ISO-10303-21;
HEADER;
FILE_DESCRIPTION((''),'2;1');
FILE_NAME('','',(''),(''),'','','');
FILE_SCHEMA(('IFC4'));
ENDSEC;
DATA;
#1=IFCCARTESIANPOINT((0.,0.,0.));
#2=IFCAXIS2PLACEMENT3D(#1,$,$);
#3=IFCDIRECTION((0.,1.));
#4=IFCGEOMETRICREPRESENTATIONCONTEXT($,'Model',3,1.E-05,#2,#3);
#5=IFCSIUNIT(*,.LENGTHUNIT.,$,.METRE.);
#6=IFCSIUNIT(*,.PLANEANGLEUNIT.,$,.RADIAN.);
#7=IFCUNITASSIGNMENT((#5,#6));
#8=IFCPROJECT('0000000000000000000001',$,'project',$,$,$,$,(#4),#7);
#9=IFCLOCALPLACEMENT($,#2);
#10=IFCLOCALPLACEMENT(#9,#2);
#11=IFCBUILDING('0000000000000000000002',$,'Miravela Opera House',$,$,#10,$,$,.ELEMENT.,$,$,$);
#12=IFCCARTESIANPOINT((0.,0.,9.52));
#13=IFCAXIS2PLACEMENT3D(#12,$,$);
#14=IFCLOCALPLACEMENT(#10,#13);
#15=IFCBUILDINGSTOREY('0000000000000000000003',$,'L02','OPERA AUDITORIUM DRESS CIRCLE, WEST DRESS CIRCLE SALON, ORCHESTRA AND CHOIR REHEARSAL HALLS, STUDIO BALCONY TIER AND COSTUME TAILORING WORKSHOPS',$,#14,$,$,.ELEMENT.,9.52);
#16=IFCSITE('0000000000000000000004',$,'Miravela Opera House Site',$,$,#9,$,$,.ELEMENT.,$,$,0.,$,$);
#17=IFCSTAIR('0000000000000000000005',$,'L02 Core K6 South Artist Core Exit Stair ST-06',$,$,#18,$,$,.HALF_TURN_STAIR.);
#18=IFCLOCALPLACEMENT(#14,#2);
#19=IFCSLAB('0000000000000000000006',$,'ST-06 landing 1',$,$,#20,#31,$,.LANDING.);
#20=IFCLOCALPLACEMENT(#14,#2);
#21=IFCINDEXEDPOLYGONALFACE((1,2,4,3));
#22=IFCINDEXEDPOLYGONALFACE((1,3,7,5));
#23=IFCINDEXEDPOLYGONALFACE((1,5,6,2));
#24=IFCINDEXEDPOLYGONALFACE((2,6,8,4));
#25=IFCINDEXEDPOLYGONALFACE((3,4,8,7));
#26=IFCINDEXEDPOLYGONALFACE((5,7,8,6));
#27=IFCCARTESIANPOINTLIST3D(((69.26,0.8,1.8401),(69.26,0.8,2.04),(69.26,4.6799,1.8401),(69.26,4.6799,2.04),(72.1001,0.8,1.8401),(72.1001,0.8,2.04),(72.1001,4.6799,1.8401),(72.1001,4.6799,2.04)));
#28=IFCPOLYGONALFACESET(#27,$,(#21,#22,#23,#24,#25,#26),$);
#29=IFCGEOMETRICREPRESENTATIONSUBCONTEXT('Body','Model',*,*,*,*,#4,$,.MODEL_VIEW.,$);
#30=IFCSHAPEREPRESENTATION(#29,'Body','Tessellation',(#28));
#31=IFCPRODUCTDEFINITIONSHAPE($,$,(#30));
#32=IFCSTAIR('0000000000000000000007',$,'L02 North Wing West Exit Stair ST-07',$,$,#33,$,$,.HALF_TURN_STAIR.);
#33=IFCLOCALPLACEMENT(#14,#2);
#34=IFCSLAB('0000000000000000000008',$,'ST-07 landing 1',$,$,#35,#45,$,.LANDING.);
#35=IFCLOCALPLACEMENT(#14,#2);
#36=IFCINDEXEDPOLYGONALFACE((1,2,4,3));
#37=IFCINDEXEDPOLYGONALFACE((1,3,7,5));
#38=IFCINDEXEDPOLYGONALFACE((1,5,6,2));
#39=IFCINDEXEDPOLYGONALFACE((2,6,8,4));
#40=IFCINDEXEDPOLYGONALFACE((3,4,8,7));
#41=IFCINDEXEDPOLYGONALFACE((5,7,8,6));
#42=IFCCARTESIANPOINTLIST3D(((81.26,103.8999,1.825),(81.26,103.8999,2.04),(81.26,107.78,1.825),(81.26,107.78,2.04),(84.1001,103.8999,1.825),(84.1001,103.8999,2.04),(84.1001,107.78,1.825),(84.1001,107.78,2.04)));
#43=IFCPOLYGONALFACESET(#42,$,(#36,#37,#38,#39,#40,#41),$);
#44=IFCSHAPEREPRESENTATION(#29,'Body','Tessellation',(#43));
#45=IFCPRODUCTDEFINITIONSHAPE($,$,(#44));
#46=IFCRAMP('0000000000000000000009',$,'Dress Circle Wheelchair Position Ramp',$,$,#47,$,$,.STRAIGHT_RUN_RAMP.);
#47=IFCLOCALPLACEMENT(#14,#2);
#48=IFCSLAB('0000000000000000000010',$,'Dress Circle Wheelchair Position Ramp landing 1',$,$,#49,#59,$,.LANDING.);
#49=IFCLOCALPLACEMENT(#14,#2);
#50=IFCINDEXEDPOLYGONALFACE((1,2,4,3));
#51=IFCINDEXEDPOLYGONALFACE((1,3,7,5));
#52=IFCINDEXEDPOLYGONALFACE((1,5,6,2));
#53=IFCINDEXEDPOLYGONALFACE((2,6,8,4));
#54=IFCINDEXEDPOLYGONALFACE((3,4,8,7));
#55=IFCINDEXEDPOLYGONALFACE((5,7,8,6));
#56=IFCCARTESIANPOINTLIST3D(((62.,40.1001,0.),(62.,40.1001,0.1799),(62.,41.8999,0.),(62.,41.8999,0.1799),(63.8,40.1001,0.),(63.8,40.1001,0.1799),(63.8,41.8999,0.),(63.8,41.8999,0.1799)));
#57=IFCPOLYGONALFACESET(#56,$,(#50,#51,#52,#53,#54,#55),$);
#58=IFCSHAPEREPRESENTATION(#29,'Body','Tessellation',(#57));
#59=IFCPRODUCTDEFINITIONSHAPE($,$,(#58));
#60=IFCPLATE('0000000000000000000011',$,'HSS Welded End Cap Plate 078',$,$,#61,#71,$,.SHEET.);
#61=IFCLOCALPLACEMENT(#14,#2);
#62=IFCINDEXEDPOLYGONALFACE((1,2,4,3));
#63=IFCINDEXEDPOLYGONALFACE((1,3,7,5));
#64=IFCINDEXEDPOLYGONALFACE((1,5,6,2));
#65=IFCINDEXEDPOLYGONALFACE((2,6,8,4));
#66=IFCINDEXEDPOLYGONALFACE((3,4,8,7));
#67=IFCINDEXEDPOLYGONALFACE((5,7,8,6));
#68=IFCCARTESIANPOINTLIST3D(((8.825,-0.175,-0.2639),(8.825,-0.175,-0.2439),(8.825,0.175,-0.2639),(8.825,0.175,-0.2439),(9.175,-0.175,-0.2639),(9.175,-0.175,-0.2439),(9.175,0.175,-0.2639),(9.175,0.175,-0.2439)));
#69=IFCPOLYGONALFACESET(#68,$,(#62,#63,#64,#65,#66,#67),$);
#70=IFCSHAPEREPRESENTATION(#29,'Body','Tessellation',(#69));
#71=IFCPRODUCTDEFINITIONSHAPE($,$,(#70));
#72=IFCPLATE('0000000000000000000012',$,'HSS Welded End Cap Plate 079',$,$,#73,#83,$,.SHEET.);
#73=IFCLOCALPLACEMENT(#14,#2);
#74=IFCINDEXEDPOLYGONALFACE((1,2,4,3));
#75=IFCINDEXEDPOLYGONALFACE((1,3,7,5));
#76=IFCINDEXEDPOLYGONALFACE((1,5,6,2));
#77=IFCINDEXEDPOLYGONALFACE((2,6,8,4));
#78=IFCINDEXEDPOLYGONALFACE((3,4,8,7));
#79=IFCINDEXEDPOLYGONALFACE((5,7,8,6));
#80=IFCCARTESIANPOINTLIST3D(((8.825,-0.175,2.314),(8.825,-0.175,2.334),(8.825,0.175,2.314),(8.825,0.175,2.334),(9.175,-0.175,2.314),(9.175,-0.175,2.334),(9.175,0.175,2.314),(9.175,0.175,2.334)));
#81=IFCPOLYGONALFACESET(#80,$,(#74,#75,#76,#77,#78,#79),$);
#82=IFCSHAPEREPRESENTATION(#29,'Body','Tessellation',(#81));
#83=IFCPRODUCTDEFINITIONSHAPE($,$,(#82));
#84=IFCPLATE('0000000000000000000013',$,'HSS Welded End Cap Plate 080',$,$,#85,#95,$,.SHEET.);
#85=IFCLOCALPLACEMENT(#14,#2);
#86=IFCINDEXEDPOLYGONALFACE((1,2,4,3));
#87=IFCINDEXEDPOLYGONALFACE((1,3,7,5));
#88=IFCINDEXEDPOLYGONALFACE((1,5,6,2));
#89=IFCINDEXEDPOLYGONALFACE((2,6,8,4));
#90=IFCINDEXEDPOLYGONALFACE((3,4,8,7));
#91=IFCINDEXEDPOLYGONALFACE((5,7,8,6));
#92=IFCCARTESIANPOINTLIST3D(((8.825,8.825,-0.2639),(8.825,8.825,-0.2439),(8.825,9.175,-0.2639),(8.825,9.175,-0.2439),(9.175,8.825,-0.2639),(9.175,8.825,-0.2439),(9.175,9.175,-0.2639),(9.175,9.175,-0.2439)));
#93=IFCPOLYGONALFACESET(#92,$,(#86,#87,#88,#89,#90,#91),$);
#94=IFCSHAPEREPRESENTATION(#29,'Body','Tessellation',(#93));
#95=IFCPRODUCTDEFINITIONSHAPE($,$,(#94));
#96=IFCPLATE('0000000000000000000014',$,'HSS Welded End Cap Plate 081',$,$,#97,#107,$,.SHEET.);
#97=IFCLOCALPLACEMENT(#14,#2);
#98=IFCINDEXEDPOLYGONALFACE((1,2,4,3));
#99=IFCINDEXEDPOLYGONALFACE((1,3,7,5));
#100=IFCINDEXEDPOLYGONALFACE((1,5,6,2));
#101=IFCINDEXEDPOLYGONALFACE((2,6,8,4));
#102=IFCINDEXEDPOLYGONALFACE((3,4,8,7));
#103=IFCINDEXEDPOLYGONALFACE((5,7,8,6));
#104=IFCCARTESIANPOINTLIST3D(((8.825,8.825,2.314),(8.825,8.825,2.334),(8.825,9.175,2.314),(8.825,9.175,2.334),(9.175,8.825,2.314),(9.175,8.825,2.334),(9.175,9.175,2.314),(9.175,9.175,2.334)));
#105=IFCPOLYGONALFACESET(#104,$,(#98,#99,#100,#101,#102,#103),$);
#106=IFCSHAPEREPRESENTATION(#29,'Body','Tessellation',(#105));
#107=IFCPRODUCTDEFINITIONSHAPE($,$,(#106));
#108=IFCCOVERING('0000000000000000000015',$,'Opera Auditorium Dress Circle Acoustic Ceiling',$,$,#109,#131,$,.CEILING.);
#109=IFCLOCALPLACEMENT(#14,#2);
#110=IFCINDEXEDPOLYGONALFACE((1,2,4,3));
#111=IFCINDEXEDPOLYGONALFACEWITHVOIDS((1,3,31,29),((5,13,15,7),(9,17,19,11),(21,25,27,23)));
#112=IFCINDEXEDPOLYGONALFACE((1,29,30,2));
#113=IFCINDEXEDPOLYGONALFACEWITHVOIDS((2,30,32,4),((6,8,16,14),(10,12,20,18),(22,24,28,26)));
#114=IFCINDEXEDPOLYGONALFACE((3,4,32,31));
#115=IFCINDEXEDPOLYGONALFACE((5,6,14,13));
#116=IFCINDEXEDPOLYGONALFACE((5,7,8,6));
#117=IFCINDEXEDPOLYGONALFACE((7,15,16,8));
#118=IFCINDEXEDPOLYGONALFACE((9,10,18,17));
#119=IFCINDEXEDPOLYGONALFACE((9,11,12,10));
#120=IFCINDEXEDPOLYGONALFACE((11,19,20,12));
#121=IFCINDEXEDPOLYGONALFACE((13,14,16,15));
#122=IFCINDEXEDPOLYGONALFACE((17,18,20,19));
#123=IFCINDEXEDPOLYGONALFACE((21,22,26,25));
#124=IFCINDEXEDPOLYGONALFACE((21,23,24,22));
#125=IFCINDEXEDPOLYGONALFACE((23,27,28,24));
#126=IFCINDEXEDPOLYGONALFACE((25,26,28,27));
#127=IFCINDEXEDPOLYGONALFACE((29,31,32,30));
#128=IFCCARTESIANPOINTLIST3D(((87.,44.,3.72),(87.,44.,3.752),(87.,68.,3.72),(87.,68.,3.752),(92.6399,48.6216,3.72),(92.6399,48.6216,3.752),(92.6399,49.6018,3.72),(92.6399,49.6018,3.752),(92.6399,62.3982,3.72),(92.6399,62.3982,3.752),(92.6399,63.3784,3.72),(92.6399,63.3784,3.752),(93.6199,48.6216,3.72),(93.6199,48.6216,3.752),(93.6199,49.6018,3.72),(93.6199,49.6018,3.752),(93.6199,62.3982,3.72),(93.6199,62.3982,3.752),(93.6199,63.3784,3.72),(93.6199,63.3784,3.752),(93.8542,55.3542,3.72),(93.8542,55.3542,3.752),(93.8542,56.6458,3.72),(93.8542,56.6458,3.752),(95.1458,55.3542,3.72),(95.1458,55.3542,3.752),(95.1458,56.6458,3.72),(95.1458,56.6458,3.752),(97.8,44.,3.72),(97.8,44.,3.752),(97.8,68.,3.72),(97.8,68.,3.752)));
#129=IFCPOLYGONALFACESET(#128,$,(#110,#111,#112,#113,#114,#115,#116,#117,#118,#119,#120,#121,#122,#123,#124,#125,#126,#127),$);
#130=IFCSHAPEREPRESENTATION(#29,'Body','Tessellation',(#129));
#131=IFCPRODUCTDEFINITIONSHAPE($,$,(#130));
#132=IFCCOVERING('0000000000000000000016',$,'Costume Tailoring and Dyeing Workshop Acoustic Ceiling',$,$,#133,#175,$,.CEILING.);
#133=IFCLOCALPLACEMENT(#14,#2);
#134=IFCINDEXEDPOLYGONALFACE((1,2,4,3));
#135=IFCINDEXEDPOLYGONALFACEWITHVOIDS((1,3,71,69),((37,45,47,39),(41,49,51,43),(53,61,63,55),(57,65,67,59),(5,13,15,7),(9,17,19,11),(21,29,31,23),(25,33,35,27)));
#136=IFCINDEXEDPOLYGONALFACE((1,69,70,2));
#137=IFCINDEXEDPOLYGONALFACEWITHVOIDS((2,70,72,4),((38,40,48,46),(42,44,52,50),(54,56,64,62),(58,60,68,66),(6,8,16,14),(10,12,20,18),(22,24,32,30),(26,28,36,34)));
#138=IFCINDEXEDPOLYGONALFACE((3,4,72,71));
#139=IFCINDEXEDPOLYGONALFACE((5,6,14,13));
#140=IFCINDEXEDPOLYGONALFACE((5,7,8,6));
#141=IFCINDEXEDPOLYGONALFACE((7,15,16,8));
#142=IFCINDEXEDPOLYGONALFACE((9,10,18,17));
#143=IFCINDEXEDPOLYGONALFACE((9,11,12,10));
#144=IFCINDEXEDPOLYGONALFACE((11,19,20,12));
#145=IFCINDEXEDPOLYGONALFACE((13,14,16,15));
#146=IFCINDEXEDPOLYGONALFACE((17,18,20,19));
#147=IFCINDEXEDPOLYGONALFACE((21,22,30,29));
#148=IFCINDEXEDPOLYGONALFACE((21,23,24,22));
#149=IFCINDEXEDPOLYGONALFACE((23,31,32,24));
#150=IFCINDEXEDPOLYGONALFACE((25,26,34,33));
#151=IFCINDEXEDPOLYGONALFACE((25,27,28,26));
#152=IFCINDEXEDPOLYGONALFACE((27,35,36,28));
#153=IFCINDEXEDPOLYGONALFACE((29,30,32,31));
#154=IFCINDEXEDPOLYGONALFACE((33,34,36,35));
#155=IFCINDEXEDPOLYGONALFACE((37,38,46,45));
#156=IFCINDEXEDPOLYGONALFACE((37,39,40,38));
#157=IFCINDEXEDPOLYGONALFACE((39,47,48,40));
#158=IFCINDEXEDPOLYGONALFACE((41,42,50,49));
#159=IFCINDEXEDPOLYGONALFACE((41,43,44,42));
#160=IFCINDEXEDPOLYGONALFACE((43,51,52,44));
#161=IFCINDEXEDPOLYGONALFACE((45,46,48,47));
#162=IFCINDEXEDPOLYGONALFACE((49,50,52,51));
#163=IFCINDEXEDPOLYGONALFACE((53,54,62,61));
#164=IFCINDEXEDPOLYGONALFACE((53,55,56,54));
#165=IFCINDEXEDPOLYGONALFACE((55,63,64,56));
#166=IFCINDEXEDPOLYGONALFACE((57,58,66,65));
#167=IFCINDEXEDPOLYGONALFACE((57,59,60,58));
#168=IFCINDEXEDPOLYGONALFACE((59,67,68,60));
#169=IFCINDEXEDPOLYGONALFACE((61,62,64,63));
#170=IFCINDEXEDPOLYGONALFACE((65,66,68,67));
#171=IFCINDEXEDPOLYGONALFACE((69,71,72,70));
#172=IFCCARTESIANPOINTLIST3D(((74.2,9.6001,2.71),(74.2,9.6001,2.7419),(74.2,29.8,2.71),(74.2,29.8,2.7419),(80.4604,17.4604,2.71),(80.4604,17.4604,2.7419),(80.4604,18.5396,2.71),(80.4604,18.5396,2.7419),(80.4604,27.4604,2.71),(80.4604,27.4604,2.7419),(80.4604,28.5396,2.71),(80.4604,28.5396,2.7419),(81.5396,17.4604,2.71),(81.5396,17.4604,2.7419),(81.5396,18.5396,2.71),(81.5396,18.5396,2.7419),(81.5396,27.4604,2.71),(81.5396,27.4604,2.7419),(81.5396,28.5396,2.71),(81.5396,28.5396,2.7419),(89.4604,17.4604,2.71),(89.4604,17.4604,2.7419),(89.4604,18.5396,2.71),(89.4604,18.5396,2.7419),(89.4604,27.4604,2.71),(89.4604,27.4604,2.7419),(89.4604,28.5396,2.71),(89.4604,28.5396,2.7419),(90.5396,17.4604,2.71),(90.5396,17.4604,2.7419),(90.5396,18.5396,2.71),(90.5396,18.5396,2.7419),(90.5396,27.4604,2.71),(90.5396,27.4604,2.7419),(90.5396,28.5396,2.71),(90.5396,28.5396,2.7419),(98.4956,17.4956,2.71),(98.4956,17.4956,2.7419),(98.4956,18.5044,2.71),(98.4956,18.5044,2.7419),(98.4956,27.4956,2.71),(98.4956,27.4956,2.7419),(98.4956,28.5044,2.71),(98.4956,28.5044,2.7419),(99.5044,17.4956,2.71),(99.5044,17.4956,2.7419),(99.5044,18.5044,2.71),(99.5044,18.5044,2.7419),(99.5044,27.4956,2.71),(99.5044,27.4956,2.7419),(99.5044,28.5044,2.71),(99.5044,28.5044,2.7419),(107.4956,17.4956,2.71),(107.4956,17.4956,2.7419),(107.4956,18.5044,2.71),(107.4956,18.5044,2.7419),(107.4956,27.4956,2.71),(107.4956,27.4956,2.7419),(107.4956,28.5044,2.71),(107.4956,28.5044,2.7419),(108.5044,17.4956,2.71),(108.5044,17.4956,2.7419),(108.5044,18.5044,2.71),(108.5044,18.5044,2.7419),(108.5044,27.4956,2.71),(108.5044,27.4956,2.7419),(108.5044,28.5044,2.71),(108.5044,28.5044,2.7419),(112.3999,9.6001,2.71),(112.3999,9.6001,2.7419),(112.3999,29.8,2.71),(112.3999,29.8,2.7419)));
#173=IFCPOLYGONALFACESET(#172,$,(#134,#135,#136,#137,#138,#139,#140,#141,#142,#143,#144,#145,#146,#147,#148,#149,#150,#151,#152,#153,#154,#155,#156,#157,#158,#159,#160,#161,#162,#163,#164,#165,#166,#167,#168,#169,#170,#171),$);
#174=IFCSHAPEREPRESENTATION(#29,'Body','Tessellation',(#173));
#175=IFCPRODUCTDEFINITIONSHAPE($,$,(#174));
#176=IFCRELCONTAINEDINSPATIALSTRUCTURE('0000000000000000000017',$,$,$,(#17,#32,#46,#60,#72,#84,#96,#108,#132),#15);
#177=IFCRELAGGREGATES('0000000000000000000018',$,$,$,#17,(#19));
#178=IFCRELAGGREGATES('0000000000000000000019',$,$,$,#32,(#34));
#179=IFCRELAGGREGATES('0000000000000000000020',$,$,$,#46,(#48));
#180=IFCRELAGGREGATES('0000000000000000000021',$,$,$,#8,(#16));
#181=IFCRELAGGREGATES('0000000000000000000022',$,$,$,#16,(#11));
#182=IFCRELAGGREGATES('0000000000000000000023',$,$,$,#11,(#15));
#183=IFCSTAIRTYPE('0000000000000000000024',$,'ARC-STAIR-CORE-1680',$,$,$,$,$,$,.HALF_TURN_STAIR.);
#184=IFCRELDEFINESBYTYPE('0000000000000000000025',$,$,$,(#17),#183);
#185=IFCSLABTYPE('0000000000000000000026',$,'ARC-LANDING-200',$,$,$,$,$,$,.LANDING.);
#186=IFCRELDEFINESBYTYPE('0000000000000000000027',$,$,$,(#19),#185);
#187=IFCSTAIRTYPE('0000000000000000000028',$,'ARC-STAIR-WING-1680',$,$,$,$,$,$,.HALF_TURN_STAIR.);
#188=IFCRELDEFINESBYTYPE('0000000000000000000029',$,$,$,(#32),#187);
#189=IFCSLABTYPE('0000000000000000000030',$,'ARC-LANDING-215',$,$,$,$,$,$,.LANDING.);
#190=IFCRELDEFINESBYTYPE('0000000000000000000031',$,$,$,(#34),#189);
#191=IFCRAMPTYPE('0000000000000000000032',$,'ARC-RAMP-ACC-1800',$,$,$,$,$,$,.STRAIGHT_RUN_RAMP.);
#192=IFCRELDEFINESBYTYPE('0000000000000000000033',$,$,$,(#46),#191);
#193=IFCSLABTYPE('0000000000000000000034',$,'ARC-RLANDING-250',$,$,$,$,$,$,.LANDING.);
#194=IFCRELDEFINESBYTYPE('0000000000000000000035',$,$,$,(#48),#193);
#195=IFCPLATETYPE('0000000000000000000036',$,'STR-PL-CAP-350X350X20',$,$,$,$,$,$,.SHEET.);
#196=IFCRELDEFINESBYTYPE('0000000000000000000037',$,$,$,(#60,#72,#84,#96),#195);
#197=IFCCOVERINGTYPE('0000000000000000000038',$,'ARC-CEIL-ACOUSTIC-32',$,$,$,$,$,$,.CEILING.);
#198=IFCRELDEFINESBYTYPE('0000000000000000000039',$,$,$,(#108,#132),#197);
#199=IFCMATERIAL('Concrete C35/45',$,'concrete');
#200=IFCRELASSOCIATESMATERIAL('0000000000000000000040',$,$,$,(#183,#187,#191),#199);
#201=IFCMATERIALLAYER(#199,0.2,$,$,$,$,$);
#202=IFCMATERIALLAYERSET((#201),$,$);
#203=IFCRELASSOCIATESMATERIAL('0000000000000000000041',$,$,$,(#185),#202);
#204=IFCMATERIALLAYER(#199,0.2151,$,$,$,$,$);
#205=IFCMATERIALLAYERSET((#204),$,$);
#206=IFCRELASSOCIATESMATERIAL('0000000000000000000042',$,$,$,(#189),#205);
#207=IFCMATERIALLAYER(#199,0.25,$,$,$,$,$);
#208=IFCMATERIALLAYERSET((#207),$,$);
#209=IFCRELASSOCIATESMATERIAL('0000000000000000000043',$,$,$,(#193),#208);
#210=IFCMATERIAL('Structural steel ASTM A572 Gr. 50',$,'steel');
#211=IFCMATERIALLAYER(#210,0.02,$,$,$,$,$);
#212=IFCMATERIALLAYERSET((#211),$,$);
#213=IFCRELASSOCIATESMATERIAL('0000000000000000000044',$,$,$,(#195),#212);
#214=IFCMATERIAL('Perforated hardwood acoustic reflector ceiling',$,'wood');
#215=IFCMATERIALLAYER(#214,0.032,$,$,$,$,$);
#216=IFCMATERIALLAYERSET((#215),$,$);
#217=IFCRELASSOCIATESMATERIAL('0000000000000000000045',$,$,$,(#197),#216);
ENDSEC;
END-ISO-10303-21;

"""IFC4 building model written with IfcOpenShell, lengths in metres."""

from ifc_helpers import new_model, si_unit, direction, frame, origin, origin_2d, place, context, subcontext, project, spatial, polyline, rectangle, outline, extrude, material, layer, layer_set, type_object, element, aggregate, save


model = new_model("IFC4")

# Units and contexts
model_context = context("Model", 3, precision=1e-05, world=origin(), true_north=direction((0.0, 1.0)))
body_context = subcontext(model_context, "Body", "Model", "MODEL_VIEW")
ifc_project = project(units=[si_unit("LENGTHUNIT", "METRE"), si_unit("PLANEANGLEUNIT", "RADIAN")], contexts=[model_context])

# Site, building, storey
site_placement = place(None, origin())
site = spatial("IfcSite", under=ifc_project, at=site_placement, Name="Miravela Opera House Site", CompositionType="ELEMENT", RefElevation=0.0)
building_placement = place(site_placement, origin())
building = spatial("IfcBuilding", under=site, at=building_placement, Name="Miravela Opera House", CompositionType="ELEMENT")
storey_placement = place(building_placement, frame((0.0, 0.0, 9.52)))
storey = spatial("IfcBuildingStorey", under=building, at=storey_placement, Name="L02", Description="OPERA AUDITORIUM DRESS CIRCLE, WEST DRESS CIRCLE SALON, ORCHESTRA AND CHOIR REHEARSAL HALLS, STUDIO BALCONY TIER AND COSTUME TAILORING WORKSHOPS", CompositionType="ELEMENT", Elevation=9.52)

# Stairs, slabs
ifc_material_1 = material(Name="Concrete C35/45", Category="concrete")
stair_type_1 = type_object("IfcStairType", Name="ARC-STAIR-CORE-1680", PredefinedType="HALF_TURN_STAIR", material=ifc_material_1)
ifc_layer_1 = layer(ifc_material_1, 0.2)
ifc_layer_set_1 = layer_set([ifc_layer_1])
slab_type_1 = type_object("IfcSlabType", Name="ARC-LANDING-200", PredefinedType="LANDING", material=ifc_layer_set_1)
stair_1_placement = place(storey_placement, origin())
stair_1 = element("IfcStair", 1, at=stair_1_placement, inside=storey, type_object=stair_type_1, Name="L02 Core K6 South Artist Core Exit Stair ST-06", PredefinedType="HALF_TURN_STAIR")
slab_1_placement = place(storey_placement, frame((0.0, 0.0, 1.8401)))
slab_1 = element("IfcSlab", 2, at=slab_1_placement, type_object=slab_type_1, Name="ST-06 landing 1", PredefinedType="LANDING", context=body_context, shape_type="SweptSolid", body=[
    extrude(outline(polyline([(69.26, 0.8), (72.1001, 0.8), (72.1001, 4.6799), (69.26, 4.6799), (69.26, 0.8)])), origin(), (0.0, 0.0, 1.0), 0.2),
])
aggregate(stair_1, [slab_1])
stair_type_2 = type_object("IfcStairType", Name="ARC-STAIR-WING-1680", PredefinedType="HALF_TURN_STAIR", material=ifc_material_1)
stair_2_placement = place(storey_placement, origin())
stair_2 = element("IfcStair", 3, at=stair_2_placement, inside=storey, type_object=stair_type_2, Name="L02 North Wing West Exit Stair ST-07", PredefinedType="HALF_TURN_STAIR")
ifc_layer_2 = layer(ifc_material_1, 0.2151)
ifc_layer_set_2 = layer_set([ifc_layer_2])
slab_type_2 = type_object("IfcSlabType", Name="ARC-LANDING-215", PredefinedType="LANDING", material=ifc_layer_set_2)
slab_2_placement = place(storey_placement, frame((0.0, 0.0, 1.825)))
slab_2 = element("IfcSlab", 4, at=slab_2_placement, type_object=slab_type_2, Name="ST-07 landing 1", PredefinedType="LANDING", context=body_context, shape_type="SweptSolid", body=[
    extrude(outline(polyline([(81.26, 103.8999), (84.1001, 103.8999), (84.1001, 107.78), (81.26, 107.78), (81.26, 103.8999)])), origin(), (0.0, 0.0, 1.0), 0.2151),
])
aggregate(stair_2, [slab_2])

# Ramp, slab
ramp_type = type_object("IfcRampType", Name="ARC-RAMP-ACC-1800", PredefinedType="STRAIGHT_RUN_RAMP", material=ifc_material_1)
ramp_placement = place(storey_placement, origin())
ramp = element("IfcRamp", 5, at=ramp_placement, inside=storey, type_object=ramp_type, Name="Dress Circle Wheelchair Position Ramp", PredefinedType="STRAIGHT_RUN_RAMP")
ifc_layer_3 = layer(ifc_material_1, 0.25)
ifc_layer_set_3 = layer_set([ifc_layer_3])
slab_type_3 = type_object("IfcSlabType", Name="ARC-RLANDING-250", PredefinedType="LANDING", material=ifc_layer_set_3)
slab_3_placement = place(storey_placement, origin())
slab_3 = element("IfcSlab", 6, at=slab_3_placement, type_object=slab_type_3, Name="Dress Circle Wheelchair Position Ramp landing 1", PredefinedType="LANDING", context=body_context, shape_type="SweptSolid", body=[
    extrude(outline(polyline([(62.0, 40.1001), (63.8, 40.1001), (63.8, 41.8999), (62.0, 41.8999), (62.0, 40.1001)])), origin(), (0.0, 0.0, 1.0), 0.1799),
])
aggregate(ramp, [slab_3])

# Plates
ifc_material_2 = material(Name="Structural steel ASTM A572 Gr. 50", Category="steel")
ifc_layer_4 = layer(ifc_material_2, 0.02)
ifc_layer_set_4 = layer_set([ifc_layer_4])
plate_type = type_object("IfcPlateType", Name="STR-PL-CAP-350X350X20", PredefinedType="SHEET", material=ifc_layer_set_4)
for number, where, z_axis, x_axis, name in (
    (7, (9.0, 0.0, -0.2639), (0.0, 0.0, 1.0), (1.0, 0.0, 0.0), "HSS Welded End Cap Plate 078"),
    (8, (9.0, 0.0, 2.314), (0.0, 0.0, 1.0), (1.0, 0.0, 0.0), "HSS Welded End Cap Plate 079"),
    (9, (9.0, 9.0, -0.2639), (0.0, 0.0, 1.0), (1.0, 0.0, 0.0), "HSS Welded End Cap Plate 080"),
    (10, (9.0, 9.0, 2.314), (0.0, 0.0, 1.0), (1.0, 0.0, 0.0), "HSS Welded End Cap Plate 081"),
):
    element("IfcPlate", number, at=place(storey_placement, frame(where, z_axis=z_axis, x_axis=x_axis)), inside=storey, type_object=plate_type, Name=name, PredefinedType="SHEET", context=body_context, shape_type="SweptSolid", body=[
        extrude(rectangle(XDim=0.3501, YDim=0.3501, at=origin_2d()), origin(), (0.0, 0.0, 1.0), 0.02),
    ])

# Coverings
ifc_material_3 = material(Name="Perforated hardwood acoustic reflector ceiling", Category="wood")
ifc_layer_5 = layer(ifc_material_3, 0.032)
ifc_layer_set_5 = layer_set([ifc_layer_5])
covering_type_1 = type_object("IfcCoveringType", Name="ARC-CEIL-ACOUSTIC-32", PredefinedType="CEILING", material=ifc_layer_set_5)
covering_1_placement = place(storey_placement, frame((0.0, 0.0, 3.72)))
element("IfcCovering", 11, at=covering_1_placement, inside=storey, type_object=covering_type_1, Name="Opera Auditorium Dress Circle Acoustic Ceiling", PredefinedType="CEILING", context=body_context, shape_type="SweptSolid", body=[
    extrude(outline(polyline([(87.0, 44.0), (97.8, 44.0), (97.8, 68.0), (87.0, 68.0), (87.0, 44.0)]), holes=[polyline([(93.8542, 55.3542), (95.1458, 55.3542), (95.1458, 56.6458), (93.8542, 56.6458), (93.8542, 55.3542)]), polyline([(92.6399, 62.3982), (93.6199, 62.3982), (93.6199, 63.3784), (92.6399, 63.3784), (92.6399, 62.3982)]), polyline([(92.6399, 48.6216), (93.6199, 48.6216), (93.6199, 49.6018), (92.6399, 49.6018), (92.6399, 48.6216)])]), origin(), (0.0, 0.0, 1.0), 0.032),
])
covering_2_placement = place(storey_placement, frame((0.0, 0.0, 2.71)))
element("IfcCovering", 12, at=covering_2_placement, inside=storey, type_object=covering_type_1, Name="Costume Tailoring and Dyeing Workshop Acoustic Ceiling", PredefinedType="CEILING", context=body_context, shape_type="SweptSolid", body=[
    extrude(outline(polyline([(74.2, 9.6001), (112.3999, 9.6001), (112.3999, 29.8), (74.2, 29.8), (74.2, 9.6001)]), holes=[polyline([(80.4604, 17.4604), (81.5396, 17.4604), (81.5396, 18.5396), (80.4604, 18.5396), (80.4604, 17.4604)]), polyline([(80.4604, 27.4604), (81.5396, 27.4604), (81.5396, 28.5396), (80.4604, 28.5396), (80.4604, 27.4604)]), polyline([(89.4604, 17.4604), (90.5396, 17.4604), (90.5396, 18.5396), (89.4604, 18.5396), (89.4604, 17.4604)]), polyline([(89.4604, 27.4604), (90.5396, 27.4604), (90.5396, 28.5396), (89.4604, 28.5396), (89.4604, 27.4604)]), polyline([(98.4956, 17.4956), (99.5044, 17.4956), (99.5044, 18.5044), (98.4956, 18.5044), (98.4956, 17.4956)]), polyline([(98.4956, 27.4956), (99.5044, 27.4956), (99.5044, 28.5044), (98.4956, 28.5044), (98.4956, 27.4956)]), polyline([(107.4956, 17.4956), (108.5044, 17.4956), (108.5044, 18.5044), (107.4956, 18.5044), (107.4956, 17.4956)]), polyline([(107.4956, 27.4956), (108.5044, 27.4956), (108.5044, 28.5044), (107.4956, 28.5044), (107.4956, 27.4956)])]), origin(), (0.0, 0.0, 1.0), 0.032),
])

save(model, "model.ifc")
